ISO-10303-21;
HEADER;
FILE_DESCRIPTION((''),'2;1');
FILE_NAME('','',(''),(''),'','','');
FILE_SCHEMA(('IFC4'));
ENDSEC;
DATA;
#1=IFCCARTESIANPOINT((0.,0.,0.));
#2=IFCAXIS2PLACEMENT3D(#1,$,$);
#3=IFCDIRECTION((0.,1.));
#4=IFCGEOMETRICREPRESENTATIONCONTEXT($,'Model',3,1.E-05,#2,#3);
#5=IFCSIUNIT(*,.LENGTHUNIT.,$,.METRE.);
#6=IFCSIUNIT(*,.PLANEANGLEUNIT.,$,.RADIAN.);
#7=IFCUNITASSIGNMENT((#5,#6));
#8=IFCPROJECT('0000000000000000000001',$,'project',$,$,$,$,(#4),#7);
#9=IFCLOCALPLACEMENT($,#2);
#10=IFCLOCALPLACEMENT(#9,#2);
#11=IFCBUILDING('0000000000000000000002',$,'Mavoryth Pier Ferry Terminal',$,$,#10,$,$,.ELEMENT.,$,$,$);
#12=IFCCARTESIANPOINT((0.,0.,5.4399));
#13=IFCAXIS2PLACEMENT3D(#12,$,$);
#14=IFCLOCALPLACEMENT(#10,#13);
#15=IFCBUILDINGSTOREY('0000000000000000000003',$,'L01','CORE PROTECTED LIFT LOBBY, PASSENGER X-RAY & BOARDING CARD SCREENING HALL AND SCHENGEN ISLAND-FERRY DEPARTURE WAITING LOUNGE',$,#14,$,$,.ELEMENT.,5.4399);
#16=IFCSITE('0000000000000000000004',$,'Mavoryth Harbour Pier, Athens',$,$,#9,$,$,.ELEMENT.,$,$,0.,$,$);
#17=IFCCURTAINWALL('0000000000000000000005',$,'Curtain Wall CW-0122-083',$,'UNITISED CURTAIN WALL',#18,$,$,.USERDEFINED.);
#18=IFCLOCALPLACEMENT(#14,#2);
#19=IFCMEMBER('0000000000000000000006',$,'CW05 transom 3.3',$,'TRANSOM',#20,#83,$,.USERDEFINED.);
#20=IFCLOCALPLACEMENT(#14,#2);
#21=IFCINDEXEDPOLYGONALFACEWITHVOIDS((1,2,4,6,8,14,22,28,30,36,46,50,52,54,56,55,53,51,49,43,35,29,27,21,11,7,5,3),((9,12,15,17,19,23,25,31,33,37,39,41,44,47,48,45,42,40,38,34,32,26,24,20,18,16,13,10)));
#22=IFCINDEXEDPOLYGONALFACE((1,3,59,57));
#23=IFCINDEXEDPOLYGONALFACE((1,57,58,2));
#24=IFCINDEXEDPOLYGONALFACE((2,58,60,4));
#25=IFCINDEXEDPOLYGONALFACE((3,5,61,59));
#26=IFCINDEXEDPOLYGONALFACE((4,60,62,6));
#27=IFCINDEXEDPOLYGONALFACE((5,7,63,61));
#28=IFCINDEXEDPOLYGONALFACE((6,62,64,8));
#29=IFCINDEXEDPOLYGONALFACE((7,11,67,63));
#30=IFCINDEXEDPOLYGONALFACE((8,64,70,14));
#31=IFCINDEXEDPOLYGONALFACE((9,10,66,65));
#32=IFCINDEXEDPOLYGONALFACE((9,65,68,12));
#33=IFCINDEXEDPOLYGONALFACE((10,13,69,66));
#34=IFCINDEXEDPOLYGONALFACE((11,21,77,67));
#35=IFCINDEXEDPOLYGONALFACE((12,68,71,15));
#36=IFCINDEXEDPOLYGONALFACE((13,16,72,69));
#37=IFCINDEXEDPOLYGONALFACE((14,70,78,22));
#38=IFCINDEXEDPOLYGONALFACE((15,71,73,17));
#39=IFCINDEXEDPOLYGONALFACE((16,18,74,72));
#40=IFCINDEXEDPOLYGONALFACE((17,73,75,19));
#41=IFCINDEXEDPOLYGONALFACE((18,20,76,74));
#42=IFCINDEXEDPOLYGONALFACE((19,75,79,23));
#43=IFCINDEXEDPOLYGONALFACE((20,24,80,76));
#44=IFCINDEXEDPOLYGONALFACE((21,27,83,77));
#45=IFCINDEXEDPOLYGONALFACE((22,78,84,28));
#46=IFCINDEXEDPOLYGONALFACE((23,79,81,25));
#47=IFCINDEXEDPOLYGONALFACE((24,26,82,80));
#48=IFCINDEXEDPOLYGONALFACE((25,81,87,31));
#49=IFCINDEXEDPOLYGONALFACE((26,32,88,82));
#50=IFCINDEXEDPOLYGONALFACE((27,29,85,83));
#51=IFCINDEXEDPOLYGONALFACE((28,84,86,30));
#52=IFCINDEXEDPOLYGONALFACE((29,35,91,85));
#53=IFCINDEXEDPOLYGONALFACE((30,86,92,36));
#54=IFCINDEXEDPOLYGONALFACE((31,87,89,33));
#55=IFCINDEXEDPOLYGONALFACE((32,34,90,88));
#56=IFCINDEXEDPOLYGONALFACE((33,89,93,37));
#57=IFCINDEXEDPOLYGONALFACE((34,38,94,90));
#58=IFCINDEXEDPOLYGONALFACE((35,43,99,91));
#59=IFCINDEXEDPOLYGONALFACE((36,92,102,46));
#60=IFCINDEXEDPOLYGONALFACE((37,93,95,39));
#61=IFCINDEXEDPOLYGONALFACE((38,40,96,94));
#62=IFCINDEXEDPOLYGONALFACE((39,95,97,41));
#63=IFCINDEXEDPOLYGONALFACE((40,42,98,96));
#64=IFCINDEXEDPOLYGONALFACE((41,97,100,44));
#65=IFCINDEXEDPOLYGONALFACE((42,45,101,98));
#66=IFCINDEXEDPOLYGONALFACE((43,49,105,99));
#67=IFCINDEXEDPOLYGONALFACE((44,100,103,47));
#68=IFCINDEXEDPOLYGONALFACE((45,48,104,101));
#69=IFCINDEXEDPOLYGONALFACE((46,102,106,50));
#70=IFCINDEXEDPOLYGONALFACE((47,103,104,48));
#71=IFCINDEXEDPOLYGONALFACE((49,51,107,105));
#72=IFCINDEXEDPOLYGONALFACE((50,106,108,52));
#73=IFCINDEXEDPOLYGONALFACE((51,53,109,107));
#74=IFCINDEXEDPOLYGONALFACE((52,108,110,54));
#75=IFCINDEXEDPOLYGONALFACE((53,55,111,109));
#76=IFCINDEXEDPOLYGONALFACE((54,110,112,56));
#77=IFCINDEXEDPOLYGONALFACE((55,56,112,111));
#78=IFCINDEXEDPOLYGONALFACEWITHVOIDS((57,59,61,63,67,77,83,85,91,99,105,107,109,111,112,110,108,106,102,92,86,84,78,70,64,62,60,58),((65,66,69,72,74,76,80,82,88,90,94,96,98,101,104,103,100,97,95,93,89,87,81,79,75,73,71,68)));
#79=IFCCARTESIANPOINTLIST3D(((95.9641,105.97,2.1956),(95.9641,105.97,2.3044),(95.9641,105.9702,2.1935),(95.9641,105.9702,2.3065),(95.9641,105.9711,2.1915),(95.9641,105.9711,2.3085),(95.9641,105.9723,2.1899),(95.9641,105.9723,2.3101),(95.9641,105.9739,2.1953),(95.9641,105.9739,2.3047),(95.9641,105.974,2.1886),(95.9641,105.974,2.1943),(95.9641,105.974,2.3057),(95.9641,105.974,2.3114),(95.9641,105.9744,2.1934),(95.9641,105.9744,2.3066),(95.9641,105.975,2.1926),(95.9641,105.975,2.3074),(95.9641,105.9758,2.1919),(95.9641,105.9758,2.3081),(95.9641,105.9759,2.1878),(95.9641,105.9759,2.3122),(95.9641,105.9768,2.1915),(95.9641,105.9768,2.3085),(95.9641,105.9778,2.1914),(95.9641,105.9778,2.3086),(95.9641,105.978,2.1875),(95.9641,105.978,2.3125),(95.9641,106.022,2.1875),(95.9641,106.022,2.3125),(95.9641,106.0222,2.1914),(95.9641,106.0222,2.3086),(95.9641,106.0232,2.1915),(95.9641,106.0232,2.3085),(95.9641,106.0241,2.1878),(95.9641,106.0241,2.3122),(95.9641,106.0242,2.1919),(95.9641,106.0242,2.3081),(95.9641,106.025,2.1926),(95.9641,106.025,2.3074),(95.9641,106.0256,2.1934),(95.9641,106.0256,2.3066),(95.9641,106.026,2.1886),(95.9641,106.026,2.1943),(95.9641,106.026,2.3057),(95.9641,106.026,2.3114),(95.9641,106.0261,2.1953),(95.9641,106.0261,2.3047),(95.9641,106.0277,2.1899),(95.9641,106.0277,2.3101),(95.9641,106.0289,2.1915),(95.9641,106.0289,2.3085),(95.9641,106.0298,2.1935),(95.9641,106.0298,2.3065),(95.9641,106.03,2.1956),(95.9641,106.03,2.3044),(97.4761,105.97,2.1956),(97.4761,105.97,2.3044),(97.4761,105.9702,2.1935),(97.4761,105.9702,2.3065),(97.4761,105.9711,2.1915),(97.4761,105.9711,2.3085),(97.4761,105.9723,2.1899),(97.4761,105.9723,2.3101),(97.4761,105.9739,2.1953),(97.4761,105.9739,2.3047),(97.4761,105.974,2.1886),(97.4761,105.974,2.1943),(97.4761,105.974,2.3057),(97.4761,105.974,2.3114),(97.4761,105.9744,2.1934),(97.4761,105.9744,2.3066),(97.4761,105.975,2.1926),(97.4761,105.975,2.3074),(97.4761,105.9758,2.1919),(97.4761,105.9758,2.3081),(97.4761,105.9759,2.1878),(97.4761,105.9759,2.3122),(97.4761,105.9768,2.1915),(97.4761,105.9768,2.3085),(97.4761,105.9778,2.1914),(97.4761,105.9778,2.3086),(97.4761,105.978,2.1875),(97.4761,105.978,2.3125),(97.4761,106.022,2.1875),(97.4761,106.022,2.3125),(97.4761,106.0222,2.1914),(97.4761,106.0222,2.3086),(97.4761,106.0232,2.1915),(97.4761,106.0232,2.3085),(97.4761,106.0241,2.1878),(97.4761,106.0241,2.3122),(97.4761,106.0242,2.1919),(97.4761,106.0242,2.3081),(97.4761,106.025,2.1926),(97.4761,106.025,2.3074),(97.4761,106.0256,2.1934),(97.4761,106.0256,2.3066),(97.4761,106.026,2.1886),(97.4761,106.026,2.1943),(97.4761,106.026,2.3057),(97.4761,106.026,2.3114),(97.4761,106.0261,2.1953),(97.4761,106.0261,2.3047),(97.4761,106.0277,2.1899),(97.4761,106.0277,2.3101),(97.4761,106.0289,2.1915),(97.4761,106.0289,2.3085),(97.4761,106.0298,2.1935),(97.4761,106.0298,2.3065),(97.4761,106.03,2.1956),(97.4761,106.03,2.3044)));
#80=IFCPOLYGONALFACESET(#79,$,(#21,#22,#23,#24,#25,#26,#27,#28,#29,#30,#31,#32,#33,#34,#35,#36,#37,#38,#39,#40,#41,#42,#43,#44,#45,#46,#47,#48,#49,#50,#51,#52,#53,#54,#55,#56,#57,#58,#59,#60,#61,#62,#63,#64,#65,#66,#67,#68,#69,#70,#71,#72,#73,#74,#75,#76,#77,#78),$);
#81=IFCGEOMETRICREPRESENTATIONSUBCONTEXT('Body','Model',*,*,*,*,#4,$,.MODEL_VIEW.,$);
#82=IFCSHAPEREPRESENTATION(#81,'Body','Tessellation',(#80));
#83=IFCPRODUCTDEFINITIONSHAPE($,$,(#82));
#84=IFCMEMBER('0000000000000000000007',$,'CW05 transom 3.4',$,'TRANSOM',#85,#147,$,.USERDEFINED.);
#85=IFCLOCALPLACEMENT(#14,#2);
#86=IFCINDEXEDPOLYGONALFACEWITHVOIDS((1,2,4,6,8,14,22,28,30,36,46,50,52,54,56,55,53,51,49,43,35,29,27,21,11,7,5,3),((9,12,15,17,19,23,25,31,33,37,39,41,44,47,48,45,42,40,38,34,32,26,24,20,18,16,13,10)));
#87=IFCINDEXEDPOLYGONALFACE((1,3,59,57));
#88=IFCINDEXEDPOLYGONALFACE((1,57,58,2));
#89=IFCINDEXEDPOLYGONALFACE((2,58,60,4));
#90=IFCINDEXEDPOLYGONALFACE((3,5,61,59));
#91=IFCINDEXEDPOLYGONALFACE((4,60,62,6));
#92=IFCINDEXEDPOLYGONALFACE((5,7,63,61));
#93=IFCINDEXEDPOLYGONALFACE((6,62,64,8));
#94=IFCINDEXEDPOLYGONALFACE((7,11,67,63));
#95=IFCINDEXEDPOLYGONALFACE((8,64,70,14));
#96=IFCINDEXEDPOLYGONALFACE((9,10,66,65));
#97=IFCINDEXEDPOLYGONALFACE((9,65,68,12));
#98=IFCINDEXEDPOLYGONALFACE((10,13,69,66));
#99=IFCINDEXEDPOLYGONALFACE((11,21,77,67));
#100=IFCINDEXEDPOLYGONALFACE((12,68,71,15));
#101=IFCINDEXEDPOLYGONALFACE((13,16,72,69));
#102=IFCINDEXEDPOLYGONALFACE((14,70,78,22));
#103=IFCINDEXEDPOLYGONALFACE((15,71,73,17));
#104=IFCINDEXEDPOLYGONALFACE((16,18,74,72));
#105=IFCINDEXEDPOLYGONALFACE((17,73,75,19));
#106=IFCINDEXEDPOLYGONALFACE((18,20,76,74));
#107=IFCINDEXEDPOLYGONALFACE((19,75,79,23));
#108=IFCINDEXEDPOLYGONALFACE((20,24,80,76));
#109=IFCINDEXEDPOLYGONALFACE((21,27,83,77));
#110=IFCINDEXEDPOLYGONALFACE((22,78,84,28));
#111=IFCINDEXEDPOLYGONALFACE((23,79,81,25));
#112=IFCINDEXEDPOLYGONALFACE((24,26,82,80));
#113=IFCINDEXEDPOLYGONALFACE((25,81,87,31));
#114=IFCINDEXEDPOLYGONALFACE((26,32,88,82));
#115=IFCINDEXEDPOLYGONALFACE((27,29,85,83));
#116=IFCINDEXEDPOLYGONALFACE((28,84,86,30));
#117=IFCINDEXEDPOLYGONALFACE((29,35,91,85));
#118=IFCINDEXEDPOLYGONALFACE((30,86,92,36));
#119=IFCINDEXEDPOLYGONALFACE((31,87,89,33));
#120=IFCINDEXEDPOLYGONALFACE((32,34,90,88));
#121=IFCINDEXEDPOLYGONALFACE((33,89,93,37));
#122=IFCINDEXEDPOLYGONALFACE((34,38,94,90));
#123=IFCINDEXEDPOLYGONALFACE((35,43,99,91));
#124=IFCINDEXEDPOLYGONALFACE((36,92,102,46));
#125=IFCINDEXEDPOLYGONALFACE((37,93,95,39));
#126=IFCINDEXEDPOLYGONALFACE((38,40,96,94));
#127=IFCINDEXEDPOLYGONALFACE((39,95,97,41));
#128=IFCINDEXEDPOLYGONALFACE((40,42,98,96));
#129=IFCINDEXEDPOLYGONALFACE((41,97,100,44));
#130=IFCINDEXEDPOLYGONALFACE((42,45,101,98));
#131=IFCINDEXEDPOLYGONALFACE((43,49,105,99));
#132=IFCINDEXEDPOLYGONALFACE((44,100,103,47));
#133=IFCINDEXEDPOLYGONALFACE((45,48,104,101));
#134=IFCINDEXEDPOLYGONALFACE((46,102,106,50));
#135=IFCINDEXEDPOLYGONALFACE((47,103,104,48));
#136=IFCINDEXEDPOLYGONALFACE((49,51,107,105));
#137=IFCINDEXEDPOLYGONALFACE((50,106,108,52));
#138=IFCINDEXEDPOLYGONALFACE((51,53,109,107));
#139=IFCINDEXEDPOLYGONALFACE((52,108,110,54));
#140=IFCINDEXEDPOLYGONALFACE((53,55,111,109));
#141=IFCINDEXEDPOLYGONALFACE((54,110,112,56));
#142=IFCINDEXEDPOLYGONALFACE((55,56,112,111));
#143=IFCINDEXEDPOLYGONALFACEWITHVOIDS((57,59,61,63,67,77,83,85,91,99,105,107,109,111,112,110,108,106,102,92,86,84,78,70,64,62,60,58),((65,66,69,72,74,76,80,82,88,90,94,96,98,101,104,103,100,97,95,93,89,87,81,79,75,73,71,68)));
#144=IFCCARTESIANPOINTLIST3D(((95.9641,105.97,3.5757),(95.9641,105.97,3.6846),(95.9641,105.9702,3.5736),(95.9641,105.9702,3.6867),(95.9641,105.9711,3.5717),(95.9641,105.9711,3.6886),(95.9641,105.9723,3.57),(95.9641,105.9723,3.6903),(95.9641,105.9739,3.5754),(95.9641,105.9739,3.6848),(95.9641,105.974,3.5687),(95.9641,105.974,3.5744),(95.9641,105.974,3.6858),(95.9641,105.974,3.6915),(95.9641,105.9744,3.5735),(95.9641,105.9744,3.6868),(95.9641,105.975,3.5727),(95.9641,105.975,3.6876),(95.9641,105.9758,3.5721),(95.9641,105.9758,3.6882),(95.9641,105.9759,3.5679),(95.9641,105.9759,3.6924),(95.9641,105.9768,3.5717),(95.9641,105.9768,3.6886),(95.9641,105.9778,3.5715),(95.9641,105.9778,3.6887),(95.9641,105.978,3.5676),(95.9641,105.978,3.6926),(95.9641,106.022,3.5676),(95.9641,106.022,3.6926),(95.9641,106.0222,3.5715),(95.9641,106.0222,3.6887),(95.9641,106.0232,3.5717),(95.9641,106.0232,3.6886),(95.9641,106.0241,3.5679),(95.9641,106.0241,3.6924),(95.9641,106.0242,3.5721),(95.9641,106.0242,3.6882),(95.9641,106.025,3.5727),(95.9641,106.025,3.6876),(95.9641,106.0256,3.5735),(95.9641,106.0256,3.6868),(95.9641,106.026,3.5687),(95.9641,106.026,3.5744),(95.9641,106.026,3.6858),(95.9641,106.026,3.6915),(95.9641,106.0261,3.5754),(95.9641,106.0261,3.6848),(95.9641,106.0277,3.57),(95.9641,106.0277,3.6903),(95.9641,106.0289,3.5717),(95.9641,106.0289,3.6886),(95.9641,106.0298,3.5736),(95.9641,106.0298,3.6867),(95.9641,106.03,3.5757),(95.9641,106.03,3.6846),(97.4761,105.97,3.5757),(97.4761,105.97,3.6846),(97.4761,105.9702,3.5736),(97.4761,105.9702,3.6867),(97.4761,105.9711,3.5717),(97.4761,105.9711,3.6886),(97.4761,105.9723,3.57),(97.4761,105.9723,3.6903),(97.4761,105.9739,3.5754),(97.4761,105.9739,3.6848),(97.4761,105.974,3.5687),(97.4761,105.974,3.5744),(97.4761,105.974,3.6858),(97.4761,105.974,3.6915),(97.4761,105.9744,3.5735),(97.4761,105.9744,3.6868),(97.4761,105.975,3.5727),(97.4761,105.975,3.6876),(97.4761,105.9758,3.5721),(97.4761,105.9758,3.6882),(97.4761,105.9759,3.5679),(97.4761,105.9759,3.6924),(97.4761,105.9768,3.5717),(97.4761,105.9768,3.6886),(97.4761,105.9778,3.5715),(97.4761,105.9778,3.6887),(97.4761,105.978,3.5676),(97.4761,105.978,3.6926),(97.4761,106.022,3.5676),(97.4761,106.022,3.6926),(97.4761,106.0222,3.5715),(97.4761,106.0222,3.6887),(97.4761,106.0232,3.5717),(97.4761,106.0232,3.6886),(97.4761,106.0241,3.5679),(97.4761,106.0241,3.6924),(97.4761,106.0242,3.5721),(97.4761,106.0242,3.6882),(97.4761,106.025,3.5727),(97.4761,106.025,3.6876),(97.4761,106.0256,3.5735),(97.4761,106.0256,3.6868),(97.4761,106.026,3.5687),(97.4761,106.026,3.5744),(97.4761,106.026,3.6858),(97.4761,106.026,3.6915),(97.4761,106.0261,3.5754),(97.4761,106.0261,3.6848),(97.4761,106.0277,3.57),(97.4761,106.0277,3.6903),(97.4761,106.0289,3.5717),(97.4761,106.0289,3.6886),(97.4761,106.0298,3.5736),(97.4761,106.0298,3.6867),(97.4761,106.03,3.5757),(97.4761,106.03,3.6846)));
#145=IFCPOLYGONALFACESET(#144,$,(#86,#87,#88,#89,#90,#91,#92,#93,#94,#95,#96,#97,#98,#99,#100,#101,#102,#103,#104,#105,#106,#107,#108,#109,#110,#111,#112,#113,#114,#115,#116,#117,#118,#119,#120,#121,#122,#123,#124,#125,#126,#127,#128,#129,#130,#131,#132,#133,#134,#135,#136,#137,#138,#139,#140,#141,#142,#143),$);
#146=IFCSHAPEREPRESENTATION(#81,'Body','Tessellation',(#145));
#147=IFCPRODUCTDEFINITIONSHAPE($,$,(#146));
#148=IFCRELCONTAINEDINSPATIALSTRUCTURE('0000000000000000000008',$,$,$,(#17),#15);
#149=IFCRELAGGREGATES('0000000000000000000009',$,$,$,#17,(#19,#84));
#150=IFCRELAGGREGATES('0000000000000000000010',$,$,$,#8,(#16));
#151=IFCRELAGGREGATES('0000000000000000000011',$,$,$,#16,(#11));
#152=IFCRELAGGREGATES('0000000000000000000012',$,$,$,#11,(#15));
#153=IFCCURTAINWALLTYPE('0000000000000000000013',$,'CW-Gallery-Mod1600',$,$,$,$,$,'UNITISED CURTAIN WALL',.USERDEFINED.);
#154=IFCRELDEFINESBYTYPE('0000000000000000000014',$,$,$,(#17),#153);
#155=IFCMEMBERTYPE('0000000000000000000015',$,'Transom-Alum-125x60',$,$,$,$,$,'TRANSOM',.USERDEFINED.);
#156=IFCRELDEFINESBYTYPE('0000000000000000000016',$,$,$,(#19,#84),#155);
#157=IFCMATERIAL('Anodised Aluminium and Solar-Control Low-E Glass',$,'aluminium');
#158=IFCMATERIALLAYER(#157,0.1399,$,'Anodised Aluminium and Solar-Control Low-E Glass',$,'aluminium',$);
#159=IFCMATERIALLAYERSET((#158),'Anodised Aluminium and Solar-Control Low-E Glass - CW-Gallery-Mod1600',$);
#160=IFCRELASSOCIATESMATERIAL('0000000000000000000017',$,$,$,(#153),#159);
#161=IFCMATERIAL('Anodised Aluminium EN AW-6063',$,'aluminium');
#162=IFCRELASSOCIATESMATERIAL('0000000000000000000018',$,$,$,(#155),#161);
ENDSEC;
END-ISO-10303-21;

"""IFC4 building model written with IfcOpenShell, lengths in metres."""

from ifc_helpers import new_model, si_unit, direction, frame, origin, origin_2d, place, context, subcontext, project, spatial, hollow_rectangle, extrude, material, layer, layer_set, material_profile, profile_set, type_object, element, aggregate, save


model = new_model("IFC4")

# Units and contexts
model_context = context("Model", 3, precision=1e-05, world=origin(), true_north=direction((0.0, 1.0)))
body_context = subcontext(model_context, "Body", "Model", "MODEL_VIEW")
ifc_project = project(units=[si_unit("LENGTHUNIT", "METRE"), si_unit("PLANEANGLEUNIT", "RADIAN")], contexts=[model_context])

# Site, building, storey
site_placement = place(None, origin())
site = spatial("IfcSite", under=ifc_project, at=site_placement, Name="Mavoryth Harbour Pier, Athens", CompositionType="ELEMENT", RefElevation=0.0)
building_placement = place(site_placement, origin())
building = spatial("IfcBuilding", under=site, at=building_placement, Name="Mavoryth Pier Ferry Terminal", CompositionType="ELEMENT")
storey_placement = place(building_placement, frame((0.0, 0.0, 5.4399)))
storey = spatial("IfcBuildingStorey", under=building, at=storey_placement, Name="L01", Description="CORE PROTECTED LIFT LOBBY, PASSENGER X-RAY & BOARDING CARD SCREENING HALL AND SCHENGEN ISLAND-FERRY DEPARTURE WAITING LOUNGE", CompositionType="ELEMENT", Elevation=5.4399)

# Curtain wall
ifc_material_1 = material(Name="Anodised Aluminium and Solar-Control Low-E Glass", Category="aluminium")
ifc_layer_1 = layer(ifc_material_1, 0.1399, Name="Anodised Aluminium and Solar-Control Low-E Glass", Category="aluminium")
ifc_layer_set_1 = layer_set([ifc_layer_1], Name="Anodised Aluminium and Solar-Control Low-E Glass - CW-Gallery-Mod1600")
curtain_wall_type = type_object("IfcCurtainWallType", Name="CW-Gallery-Mod1600", ElementType="UNITISED CURTAIN WALL", PredefinedType="USERDEFINED", material=ifc_layer_set_1)
curtain_wall_1_placement = place(storey_placement, origin())
curtain_wall_1 = element("IfcCurtainWall", 1, at=curtain_wall_1_placement, inside=storey, type_object=curtain_wall_type, Name="Curtain Wall CW-0122-083", ObjectType="UNITISED CURTAIN WALL", PredefinedType="USERDEFINED")
ifc_material_2 = material(Name="Anodised Aluminium EN AW-6063", Category="aluminium")

# Members
ifc_material_profile_1 = material_profile(ifc_material_2, hollow_rectangle(XDim=0.0601, YDim=0.125, WallThickness=0.0039, InnerFilletRadius=0.0039, OuterFilletRadius=0.0081, at=origin_2d()), Name="AL-TRAN 125x60x4", Category="aluminium")
ifc_profile_set_1 = profile_set([ifc_material_profile_1], Name="Anodised Aluminium EN AW-6063 - AL-TRAN 125x60x4")
member_type_1 = type_object("IfcMemberType", Name="Transom-Alum-125x60", ElementType="TRANSOM", PredefinedType="USERDEFINED", material=ifc_profile_set_1)
member_1_placement = place(storey_placement, frame((95.9641, 106.0, 2.25), z_axis=(1.0, 0.0, 0.0), x_axis=(0.0, 1.0, 0.0)))
member_1 = element("IfcMember", 2, at=member_1_placement, type_object=member_type_1, Name="CW05 transom 3.3", ObjectType="TRANSOM", PredefinedType="USERDEFINED", context=body_context, shape_type="SweptSolid", body=[
    extrude(hollow_rectangle(XDim=0.0601, YDim=0.125, WallThickness=0.0039, InnerFilletRadius=0.0039, OuterFilletRadius=0.0081, at=origin_2d()), origin(), (0.0, 0.0, 1.0), 1.512),
])
member_2_placement = place(storey_placement, frame((95.9641, 106.0, 3.6301), z_axis=(1.0, 0.0, 0.0), x_axis=(0.0, 1.0, 0.0)))
member_2 = element("IfcMember", 3, at=member_2_placement, type_object=member_type_1, Name="CW05 transom 3.4", ObjectType="TRANSOM", PredefinedType="USERDEFINED", context=body_context, shape_type="SweptSolid", body=[
    extrude(hollow_rectangle(XDim=0.0601, YDim=0.125, WallThickness=0.0039, InnerFilletRadius=0.0039, OuterFilletRadius=0.0081, at=origin_2d()), origin(), (0.0, 0.0, 1.0), 1.512),
])

aggregate(curtain_wall_1, [member_1, member_2])

save(model, "model.ifc")
